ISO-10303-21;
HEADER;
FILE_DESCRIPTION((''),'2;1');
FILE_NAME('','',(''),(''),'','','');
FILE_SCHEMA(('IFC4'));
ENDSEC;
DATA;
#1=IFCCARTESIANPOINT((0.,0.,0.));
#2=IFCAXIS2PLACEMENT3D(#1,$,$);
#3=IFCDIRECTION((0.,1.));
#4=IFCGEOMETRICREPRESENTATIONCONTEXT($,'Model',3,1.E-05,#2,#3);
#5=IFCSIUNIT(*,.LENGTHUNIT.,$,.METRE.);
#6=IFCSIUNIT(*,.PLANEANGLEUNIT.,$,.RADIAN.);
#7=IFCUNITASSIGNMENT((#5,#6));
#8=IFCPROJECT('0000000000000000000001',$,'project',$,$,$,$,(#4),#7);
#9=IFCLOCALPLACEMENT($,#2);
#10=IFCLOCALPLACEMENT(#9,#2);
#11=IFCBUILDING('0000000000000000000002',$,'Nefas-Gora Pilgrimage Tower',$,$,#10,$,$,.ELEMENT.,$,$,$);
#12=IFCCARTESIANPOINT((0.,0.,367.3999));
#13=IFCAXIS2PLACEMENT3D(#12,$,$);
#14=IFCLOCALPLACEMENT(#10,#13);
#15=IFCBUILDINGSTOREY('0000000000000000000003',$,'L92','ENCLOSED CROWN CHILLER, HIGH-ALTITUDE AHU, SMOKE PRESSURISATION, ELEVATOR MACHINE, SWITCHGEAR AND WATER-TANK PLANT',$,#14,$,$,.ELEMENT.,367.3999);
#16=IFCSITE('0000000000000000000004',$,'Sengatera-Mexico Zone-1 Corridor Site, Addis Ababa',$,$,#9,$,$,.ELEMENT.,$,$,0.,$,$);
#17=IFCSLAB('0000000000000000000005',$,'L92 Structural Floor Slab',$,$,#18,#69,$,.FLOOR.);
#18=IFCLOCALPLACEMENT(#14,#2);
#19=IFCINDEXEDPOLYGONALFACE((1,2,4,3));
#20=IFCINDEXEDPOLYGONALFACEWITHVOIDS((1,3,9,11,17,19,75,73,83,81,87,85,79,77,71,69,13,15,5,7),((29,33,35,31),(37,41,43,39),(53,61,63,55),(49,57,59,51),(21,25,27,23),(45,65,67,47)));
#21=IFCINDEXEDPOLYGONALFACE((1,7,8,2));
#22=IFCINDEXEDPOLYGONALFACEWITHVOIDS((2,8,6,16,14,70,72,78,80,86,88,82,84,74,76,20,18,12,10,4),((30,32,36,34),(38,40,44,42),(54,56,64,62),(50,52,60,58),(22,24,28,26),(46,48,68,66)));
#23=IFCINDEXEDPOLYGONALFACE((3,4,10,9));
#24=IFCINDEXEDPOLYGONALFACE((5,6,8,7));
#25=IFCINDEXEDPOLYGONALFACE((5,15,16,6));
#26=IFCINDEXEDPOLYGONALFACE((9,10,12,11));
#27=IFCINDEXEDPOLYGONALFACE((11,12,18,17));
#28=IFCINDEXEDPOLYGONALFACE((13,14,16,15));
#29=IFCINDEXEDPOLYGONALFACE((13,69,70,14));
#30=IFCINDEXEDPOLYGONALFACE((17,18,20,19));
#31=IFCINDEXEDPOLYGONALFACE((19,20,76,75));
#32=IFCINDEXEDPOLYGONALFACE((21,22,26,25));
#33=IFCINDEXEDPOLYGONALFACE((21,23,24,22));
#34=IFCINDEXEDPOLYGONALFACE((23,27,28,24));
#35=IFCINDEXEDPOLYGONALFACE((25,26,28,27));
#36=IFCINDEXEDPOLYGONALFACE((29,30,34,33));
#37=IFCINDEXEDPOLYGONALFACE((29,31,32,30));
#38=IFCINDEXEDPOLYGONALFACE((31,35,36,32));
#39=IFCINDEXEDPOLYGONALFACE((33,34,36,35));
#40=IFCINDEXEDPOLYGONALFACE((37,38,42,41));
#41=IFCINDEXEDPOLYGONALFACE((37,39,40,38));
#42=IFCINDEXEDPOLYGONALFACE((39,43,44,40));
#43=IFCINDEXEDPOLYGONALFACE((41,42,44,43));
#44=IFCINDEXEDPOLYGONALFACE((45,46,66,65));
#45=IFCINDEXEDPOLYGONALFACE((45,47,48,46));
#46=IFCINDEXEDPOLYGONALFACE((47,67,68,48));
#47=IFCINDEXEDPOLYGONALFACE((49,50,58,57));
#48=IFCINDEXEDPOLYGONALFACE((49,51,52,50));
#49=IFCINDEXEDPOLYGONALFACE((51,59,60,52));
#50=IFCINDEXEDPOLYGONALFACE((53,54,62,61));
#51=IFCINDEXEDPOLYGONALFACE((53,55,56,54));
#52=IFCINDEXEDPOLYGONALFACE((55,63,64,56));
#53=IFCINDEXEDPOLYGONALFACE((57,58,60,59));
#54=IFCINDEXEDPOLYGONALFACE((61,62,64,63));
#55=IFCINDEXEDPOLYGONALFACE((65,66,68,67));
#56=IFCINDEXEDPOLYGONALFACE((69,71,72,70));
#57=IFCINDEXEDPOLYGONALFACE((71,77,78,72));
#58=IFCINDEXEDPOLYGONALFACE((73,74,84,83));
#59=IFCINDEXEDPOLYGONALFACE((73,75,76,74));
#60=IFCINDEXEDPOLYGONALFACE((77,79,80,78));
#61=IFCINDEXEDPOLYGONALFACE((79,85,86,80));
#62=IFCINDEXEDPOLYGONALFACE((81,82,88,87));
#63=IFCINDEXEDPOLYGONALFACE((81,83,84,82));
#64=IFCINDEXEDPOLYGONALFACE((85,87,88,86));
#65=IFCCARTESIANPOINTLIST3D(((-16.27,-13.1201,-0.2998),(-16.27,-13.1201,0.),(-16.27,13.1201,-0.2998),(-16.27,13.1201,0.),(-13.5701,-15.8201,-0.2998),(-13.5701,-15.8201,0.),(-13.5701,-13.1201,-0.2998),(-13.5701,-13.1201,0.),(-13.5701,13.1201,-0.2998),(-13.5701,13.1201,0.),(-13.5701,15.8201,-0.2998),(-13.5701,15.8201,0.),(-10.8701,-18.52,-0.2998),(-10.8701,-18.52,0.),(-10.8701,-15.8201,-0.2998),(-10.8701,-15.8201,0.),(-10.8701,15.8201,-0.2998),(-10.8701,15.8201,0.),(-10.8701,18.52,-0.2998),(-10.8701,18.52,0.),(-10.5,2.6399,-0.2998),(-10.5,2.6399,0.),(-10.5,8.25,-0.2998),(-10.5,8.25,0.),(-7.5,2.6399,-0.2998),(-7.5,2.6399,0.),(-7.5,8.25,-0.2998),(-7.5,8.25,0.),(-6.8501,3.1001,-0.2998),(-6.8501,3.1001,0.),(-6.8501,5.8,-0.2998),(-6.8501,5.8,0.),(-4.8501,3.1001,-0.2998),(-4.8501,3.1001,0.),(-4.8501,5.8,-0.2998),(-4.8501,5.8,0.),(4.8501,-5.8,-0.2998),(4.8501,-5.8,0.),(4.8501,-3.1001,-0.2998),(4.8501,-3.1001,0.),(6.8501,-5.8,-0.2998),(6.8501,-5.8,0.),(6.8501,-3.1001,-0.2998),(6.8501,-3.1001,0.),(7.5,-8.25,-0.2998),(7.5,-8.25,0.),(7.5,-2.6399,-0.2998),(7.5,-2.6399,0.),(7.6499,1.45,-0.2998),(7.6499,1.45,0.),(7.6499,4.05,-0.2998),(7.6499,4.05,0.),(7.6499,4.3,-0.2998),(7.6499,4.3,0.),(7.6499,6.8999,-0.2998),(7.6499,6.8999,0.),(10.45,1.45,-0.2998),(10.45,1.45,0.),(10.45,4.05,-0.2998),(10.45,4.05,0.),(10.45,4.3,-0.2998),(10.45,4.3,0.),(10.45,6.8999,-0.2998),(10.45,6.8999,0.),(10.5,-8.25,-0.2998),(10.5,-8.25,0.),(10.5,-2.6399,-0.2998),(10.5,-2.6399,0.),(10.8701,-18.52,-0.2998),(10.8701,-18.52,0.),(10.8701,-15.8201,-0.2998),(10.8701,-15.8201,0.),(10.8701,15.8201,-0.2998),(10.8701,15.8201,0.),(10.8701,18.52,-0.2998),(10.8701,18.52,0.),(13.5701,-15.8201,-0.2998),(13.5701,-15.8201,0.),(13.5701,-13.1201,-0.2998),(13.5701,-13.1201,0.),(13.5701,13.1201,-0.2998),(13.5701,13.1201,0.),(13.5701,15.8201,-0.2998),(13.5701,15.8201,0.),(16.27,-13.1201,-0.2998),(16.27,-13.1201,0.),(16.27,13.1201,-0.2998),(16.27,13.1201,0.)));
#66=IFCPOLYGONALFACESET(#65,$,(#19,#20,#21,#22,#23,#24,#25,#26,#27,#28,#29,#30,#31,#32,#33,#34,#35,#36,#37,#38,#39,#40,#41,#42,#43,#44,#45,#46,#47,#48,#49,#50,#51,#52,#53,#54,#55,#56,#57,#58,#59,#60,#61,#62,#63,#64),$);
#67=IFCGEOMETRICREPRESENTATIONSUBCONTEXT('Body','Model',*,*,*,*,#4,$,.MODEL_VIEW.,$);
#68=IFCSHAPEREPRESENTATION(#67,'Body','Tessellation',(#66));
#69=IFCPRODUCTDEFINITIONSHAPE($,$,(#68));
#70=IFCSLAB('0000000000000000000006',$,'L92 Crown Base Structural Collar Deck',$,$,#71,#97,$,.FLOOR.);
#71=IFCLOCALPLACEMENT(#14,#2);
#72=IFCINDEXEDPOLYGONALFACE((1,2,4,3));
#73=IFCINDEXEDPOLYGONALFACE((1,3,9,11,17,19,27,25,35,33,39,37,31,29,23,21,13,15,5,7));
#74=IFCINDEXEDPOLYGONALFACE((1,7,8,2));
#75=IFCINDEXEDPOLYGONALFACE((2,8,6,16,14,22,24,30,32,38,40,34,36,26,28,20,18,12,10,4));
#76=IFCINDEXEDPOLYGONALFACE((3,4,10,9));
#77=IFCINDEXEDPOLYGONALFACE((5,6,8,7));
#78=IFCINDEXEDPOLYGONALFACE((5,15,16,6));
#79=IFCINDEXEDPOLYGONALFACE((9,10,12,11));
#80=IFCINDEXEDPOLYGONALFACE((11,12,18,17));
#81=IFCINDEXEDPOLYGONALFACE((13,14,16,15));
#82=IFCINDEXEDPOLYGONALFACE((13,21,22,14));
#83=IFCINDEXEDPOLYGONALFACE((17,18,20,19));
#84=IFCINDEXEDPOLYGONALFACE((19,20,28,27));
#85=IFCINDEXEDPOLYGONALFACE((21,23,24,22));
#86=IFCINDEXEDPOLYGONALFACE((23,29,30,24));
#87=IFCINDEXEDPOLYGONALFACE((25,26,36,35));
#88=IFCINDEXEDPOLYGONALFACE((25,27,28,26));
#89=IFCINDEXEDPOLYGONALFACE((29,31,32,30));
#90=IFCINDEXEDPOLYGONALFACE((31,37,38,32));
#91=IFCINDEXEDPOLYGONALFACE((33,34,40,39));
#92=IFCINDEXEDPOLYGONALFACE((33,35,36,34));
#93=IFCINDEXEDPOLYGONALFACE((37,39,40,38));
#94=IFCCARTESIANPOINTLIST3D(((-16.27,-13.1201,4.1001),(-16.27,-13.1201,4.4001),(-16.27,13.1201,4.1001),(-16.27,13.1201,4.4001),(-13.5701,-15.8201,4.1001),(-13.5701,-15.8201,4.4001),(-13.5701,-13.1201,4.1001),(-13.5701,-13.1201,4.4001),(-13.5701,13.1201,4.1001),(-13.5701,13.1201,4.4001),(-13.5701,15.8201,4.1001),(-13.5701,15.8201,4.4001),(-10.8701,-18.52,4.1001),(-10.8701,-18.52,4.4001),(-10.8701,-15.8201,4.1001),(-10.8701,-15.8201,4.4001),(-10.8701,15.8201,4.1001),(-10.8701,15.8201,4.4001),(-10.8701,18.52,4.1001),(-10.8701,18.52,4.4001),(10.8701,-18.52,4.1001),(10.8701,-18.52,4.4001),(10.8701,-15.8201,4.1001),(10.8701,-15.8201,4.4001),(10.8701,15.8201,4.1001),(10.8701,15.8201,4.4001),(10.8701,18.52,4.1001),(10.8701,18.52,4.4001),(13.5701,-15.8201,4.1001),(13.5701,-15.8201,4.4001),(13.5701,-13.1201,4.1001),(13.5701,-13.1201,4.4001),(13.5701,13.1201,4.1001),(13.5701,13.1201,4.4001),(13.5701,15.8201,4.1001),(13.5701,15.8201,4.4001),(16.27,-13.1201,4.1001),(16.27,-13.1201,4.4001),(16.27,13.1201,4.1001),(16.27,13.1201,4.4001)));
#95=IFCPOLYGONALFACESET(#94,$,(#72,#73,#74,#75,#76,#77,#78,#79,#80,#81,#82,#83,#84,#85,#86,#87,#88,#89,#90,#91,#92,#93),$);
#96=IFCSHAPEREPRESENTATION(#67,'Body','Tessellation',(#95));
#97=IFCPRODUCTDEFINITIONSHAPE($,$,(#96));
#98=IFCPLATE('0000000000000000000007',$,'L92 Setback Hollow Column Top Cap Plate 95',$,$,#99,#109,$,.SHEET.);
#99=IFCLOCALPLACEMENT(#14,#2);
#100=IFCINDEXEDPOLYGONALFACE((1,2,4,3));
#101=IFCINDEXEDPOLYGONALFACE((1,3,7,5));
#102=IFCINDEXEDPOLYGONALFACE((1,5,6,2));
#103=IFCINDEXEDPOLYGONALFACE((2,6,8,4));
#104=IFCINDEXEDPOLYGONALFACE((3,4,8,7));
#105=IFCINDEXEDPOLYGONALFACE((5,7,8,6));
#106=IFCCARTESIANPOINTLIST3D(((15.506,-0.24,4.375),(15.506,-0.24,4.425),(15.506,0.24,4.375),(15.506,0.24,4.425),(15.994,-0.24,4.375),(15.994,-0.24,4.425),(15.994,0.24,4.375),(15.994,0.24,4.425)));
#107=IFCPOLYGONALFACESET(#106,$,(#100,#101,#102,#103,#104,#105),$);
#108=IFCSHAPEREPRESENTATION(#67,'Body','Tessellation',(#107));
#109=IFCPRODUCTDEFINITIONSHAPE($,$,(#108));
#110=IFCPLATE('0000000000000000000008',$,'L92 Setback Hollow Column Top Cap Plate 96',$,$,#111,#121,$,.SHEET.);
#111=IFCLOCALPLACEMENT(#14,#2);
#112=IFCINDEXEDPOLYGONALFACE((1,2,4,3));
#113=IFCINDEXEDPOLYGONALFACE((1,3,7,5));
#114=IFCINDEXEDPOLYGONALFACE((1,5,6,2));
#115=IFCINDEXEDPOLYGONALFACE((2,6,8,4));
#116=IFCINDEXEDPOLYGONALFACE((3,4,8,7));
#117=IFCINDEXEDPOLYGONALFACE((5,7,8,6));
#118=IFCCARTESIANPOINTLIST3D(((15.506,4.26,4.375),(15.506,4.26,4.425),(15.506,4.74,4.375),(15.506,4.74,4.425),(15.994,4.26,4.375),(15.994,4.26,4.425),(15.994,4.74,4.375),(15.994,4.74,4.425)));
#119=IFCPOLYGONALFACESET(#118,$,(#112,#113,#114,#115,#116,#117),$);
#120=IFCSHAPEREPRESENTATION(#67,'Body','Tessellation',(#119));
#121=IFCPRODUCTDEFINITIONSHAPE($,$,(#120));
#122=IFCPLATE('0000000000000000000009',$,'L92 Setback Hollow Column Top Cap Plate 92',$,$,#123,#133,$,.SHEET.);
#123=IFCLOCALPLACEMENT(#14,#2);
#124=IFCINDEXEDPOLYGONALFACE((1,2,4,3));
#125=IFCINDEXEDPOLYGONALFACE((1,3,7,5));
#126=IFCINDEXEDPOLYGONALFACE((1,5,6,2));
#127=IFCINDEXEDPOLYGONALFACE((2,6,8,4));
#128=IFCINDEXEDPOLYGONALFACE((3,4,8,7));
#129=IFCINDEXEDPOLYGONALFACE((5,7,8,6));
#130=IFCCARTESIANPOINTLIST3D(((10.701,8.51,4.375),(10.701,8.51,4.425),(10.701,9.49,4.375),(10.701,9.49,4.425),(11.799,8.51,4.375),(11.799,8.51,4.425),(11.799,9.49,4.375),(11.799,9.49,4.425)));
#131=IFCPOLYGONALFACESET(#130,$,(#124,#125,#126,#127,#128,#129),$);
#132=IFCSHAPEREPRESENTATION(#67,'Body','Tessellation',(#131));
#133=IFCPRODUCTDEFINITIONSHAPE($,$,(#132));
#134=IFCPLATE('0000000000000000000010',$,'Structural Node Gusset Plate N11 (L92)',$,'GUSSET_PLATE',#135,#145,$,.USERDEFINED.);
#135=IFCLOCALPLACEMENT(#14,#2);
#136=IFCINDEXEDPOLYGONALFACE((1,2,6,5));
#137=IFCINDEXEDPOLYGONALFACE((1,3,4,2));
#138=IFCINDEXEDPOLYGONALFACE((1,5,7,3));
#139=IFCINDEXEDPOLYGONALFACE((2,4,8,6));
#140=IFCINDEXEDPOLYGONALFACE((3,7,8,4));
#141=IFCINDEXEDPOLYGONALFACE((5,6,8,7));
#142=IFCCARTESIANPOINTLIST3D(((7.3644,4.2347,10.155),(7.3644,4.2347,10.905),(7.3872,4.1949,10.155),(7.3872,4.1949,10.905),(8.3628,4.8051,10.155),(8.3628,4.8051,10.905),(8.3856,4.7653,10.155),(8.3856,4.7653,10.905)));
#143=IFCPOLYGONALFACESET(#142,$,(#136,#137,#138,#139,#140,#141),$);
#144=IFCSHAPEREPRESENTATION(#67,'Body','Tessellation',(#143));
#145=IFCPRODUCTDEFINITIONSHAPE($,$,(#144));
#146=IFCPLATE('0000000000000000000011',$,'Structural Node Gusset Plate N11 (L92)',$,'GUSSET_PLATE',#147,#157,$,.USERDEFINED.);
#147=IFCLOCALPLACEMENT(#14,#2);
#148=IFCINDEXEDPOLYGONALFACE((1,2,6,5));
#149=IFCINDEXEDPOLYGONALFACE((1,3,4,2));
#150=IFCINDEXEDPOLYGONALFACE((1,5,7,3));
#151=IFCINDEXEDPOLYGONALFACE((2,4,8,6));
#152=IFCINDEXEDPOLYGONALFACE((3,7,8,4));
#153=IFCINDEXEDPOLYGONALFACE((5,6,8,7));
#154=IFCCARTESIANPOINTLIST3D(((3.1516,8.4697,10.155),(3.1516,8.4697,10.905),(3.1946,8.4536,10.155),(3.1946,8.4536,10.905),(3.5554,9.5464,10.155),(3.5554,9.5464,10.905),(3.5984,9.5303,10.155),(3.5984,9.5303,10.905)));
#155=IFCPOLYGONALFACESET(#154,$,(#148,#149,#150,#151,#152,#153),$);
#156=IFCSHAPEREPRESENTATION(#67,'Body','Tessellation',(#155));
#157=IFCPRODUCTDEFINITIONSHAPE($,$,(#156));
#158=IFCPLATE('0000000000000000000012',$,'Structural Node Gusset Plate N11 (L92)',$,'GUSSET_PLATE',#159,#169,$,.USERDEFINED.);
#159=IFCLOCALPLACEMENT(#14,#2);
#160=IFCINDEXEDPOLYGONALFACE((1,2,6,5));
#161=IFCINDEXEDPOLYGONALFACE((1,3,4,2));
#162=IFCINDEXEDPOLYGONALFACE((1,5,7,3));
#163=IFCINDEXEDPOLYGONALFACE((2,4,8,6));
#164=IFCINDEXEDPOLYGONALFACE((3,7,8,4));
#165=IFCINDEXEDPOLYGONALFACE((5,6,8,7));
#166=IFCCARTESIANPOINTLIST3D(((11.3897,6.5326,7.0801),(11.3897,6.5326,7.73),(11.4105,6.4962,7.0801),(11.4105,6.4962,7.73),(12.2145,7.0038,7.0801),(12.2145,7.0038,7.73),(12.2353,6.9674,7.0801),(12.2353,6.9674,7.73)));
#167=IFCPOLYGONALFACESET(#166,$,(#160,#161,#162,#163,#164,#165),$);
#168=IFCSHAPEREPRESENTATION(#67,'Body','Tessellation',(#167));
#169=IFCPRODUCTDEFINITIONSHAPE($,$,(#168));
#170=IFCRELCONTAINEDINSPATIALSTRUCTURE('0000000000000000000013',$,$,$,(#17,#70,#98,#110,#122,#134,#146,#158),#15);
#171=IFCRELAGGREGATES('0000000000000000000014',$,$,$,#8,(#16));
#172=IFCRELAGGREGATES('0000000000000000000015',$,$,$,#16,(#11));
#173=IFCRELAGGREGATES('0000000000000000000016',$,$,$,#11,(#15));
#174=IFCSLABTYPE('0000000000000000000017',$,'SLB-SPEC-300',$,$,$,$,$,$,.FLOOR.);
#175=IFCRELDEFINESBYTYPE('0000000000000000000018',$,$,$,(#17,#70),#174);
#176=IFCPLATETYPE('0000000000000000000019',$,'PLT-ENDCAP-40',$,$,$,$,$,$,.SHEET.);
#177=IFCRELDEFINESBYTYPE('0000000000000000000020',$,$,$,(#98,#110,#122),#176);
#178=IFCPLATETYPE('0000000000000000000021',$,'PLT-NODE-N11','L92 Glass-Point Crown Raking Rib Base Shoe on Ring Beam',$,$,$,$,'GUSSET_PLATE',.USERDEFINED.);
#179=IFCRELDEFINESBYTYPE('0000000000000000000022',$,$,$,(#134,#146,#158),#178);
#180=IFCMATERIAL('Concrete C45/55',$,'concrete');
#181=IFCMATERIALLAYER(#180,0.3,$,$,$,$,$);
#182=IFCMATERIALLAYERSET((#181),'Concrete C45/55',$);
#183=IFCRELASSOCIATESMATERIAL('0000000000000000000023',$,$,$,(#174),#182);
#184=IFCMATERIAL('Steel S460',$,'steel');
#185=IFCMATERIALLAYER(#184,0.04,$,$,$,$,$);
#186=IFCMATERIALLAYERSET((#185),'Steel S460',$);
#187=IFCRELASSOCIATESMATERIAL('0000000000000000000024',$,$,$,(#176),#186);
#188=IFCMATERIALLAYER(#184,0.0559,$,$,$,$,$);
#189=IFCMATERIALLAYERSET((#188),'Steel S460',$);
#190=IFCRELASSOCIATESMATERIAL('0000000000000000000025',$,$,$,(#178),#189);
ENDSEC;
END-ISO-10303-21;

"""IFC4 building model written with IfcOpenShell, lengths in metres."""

from ifc_helpers import new_model, si_unit, direction, frame, origin, origin_2d, place, context, subcontext, project, spatial, polyline, rectangle, outline, extrude, source, transform, mapped, material, layer, layer_set, type_object, element, save


model = new_model("IFC4")

# Units and contexts
model_context = context("Model", 3, precision=1e-05, world=origin(), true_north=direction((0.0, 1.0)))
body_context = subcontext(model_context, "Body", "Model", "MODEL_VIEW")
ifc_project = project(units=[si_unit("LENGTHUNIT", "METRE"), si_unit("PLANEANGLEUNIT", "RADIAN")], contexts=[model_context])

# Site, building, storey
site_placement = place(None, origin())
site = spatial("IfcSite", under=ifc_project, at=site_placement, Name="Sengatera-Mexico Zone-1 Corridor Site, Addis Ababa", CompositionType="ELEMENT", RefElevation=0.0)
building_placement = place(site_placement, origin())
building = spatial("IfcBuilding", under=site, at=building_placement, Name="Nefas-Gora Pilgrimage Tower", CompositionType="ELEMENT")
storey_placement = place(building_placement, frame((0.0, 0.0, 367.3999)))
storey = spatial("IfcBuildingStorey", under=building, at=storey_placement, Name="L92", Description="ENCLOSED CROWN CHILLER, HIGH-ALTITUDE AHU, SMOKE PRESSURISATION, ELEVATOR MACHINE, SWITCHGEAR AND WATER-TANK PLANT", CompositionType="ELEMENT", Elevation=367.3999)

# Shared definitions
ifc_material_1 = material(Name="Steel S460", Category="steel")

# Slabs
ifc_material_2 = material(Name="Concrete C45/55", Category="concrete")
ifc_layer_1 = layer(ifc_material_2, 0.3)
ifc_layer_set_1 = layer_set([ifc_layer_1], Name="Concrete C45/55")
slab_type = type_object("IfcSlabType", Name="SLB-SPEC-300", PredefinedType="FLOOR", material=ifc_layer_set_1)
slab_1_placement = place(storey_placement, frame((0.0, 0.0, -0.2998)))
element("IfcSlab", 1, at=slab_1_placement, inside=storey, type_object=slab_type, Name="L92 Structural Floor Slab", PredefinedType="FLOOR", context=body_context, shape_type="SweptSolid", body=[
    extrude(outline(polyline([(16.27, 13.1201), (13.5701, 13.1201), (13.5701, 15.8201), (10.8701, 15.8201), (10.8701, 18.52), (-10.8701, 18.52), (-10.8701, 15.8201), (-13.5701, 15.8201), (-13.5701, 13.1201), (-16.27, 13.1201), (-16.27, -13.1201), (-13.5701, -13.1201), (-13.5701, -15.8201), (-10.8701, -15.8201), (-10.8701, -18.52), (10.8701, -18.52), (10.8701, -15.8201), (13.5701, -15.8201), (13.5701, -13.1201), (16.27, -13.1201), (16.27, 13.1201)]), holes=[polyline([(-10.5, 2.6399), (-10.5, 8.25), (-7.5, 8.25), (-7.5, 2.6399), (-10.5, 2.6399)]), polyline([(10.5, -2.6399), (10.5, -8.25), (7.5, -8.25), (7.5, -2.6399), (10.5, -2.6399)]), polyline([(-6.8501, 5.8), (-4.8501, 5.8), (-4.8501, 3.1001), (-6.8501, 3.1001), (-6.8501, 5.8)]), polyline([(4.8501, -3.1001), (6.8501, -3.1001), (6.8501, -5.8), (4.8501, -5.8), (4.8501, -3.1001)]), polyline([(7.6499, 4.05), (10.45, 4.05), (10.45, 1.45), (7.6499, 1.45), (7.6499, 4.05)]), polyline([(7.6499, 6.8999), (10.45, 6.8999), (10.45, 4.3), (7.6499, 4.3), (7.6499, 6.8999)])]), origin(), (0.0, 0.0, 1.0), 0.2998),
])
slab_2_placement = place(storey_placement, frame((0.0, 0.0, 4.1001)))
element("IfcSlab", 2, at=slab_2_placement, inside=storey, type_object=slab_type, Name="L92 Crown Base Structural Collar Deck", PredefinedType="FLOOR", context=body_context, shape_type="SweptSolid", body=[
    extrude(outline(polyline([(16.27, 13.1201), (13.5701, 13.1201), (13.5701, 15.8201), (10.8701, 15.8201), (10.8701, 18.52), (-10.8701, 18.52), (-10.8701, 15.8201), (-13.5701, 15.8201), (-13.5701, 13.1201), (-16.27, 13.1201), (-16.27, -13.1201), (-13.5701, -13.1201), (-13.5701, -15.8201), (-10.8701, -15.8201), (-10.8701, -18.52), (10.8701, -18.52), (10.8701, -15.8201), (13.5701, -15.8201), (13.5701, -13.1201), (16.27, -13.1201), (16.27, 13.1201)])), origin(), (0.0, 0.0, 1.0), 0.3),
])

# Plates
ifc_layer_2 = layer(ifc_material_1, 0.04)
ifc_layer_set_2 = layer_set([ifc_layer_2], Name="Steel S460")
plate_type_1 = type_object("IfcPlateType", Name="PLT-ENDCAP-40", PredefinedType="SHEET", material=ifc_layer_set_2)
shared_shape_1 = source(origin(), body_context, "Body", "SweptSolid", [
    extrude(rectangle(XDim=0.488, YDim=0.48, at=origin_2d()), origin(), (0.0, 0.0, 1.0), 0.05),
])
for number, where, z_axis, x_axis, name in (
    (3, (15.75, 0.0, 4.375), (0.0, 0.0, 1.0), (1.0, 0.0, 0.0), "L92 Setback Hollow Column Top Cap Plate 95"),
    (4, (15.75, 4.5, 4.375), (0.0, 0.0, 1.0), (1.0, 0.0, 0.0), "L92 Setback Hollow Column Top Cap Plate 96"),
):
    element("IfcPlate", number, at=place(storey_placement, frame(where, z_axis=z_axis, x_axis=x_axis)), inside=storey, type_object=plate_type_1, Name=name, PredefinedType="SHEET", context=body_context, shape_type="MappedRepresentation", body=[
        mapped(shared_shape_1, transform((0.0, 0.0, 0.0), x_axis=(1.0, 0.0, 0.0), y_axis=(0.0, 1.0, 0.0), z_axis=(0.0, 0.0, 1.0), scale=1.0)),
    ])
shared_shape_2 = source(origin(), body_context, "Body", "SweptSolid", [
    extrude(rectangle(XDim=1.0979, YDim=0.98, at=origin_2d()), origin(), (0.0, 0.0, 1.0), 0.05),
])
plate_1_placement = place(storey_placement, frame((11.25, 9.0, 4.375), z_axis=(0.0, 0.0, 1.0), x_axis=(1.0, 0.0, 0.0)))
element("IfcPlate", 5, at=plate_1_placement, inside=storey, type_object=plate_type_1, Name="L92 Setback Hollow Column Top Cap Plate 92", PredefinedType="SHEET", context=body_context, shape_type="MappedRepresentation", body=[
    mapped(shared_shape_2, transform((0.0, 0.0, 0.0), x_axis=(1.0, 0.0, 0.0), y_axis=(0.0, 1.0, 0.0), z_axis=(0.0, 0.0, 1.0), scale=1.0)),
])
ifc_layer_3 = layer(ifc_material_1, 0.0559)
ifc_layer_set_3 = layer_set([ifc_layer_3], Name="Steel S460")
plate_type_2 = type_object("IfcPlateType", Name="PLT-NODE-N11", Description="L92 Glass-Point Crown Raking Rib Base Shoe on Ring Beam", ElementType="GUSSET_PLATE", PredefinedType="USERDEFINED", material=ifc_layer_set_3)
shared_shape_3 = source(origin(), body_context, "Body", "SweptSolid", [
    extrude(rectangle(XDim=1.1499, YDim=0.0459, at=origin_2d()), origin(), (0.0, 0.0, 1.0), 0.75),
])
for number, where, z_axis, x_axis, name in (
    (6, (7.875, 4.5, 10.155), (0.0, 0.0, 1.0), (0.868285, 0.496065, 0.0), "Structural Node Gusset Plate N11 (L92)"),
    (7, (3.375, 9.0, 10.155), (0.0, 0.0, 1.0), (0.351188, 0.936305, 0.0), "Structural Node Gusset Plate N11 (L92)"),
):
    element("IfcPlate", number, at=place(storey_placement, frame(where, z_axis=z_axis, x_axis=x_axis)), inside=storey, type_object=plate_type_2, Name=name, ObjectType="GUSSET_PLATE", PredefinedType="USERDEFINED", context=body_context, shape_type="MappedRepresentation", body=[
        mapped(shared_shape_3, transform((0.0, 0.0, 0.0), x_axis=(1.0, 0.0, 0.0), y_axis=(0.0, 1.0, 0.0), z_axis=(0.0, 0.0, 1.0), scale=1.0)),
    ])
shared_shape_4 = source(origin(), body_context, "Body", "SweptSolid", [
    extrude(rectangle(XDim=0.95, YDim=0.042, at=origin_2d()), origin(), (0.0, 0.0, 1.0), 0.6499),
])
plate_2_placement = place(storey_placement, frame((11.8125, 6.75, 7.0801), z_axis=(0.0, 0.0, 1.0), x_axis=(0.868285, 0.496065, 0.0)))
element("IfcPlate", 8, at=plate_2_placement, inside=storey, type_object=plate_type_2, Name="Structural Node Gusset Plate N11 (L92)", ObjectType="GUSSET_PLATE", PredefinedType="USERDEFINED", context=body_context, shape_type="MappedRepresentation", body=[
    mapped(shared_shape_4, transform((0.0, 0.0, 0.0), x_axis=(1.0, 0.0, 0.0), y_axis=(0.0, 1.0, 0.0), z_axis=(0.0, 0.0, 1.0), scale=1.0)),
])

save(model, "model.ifc")
